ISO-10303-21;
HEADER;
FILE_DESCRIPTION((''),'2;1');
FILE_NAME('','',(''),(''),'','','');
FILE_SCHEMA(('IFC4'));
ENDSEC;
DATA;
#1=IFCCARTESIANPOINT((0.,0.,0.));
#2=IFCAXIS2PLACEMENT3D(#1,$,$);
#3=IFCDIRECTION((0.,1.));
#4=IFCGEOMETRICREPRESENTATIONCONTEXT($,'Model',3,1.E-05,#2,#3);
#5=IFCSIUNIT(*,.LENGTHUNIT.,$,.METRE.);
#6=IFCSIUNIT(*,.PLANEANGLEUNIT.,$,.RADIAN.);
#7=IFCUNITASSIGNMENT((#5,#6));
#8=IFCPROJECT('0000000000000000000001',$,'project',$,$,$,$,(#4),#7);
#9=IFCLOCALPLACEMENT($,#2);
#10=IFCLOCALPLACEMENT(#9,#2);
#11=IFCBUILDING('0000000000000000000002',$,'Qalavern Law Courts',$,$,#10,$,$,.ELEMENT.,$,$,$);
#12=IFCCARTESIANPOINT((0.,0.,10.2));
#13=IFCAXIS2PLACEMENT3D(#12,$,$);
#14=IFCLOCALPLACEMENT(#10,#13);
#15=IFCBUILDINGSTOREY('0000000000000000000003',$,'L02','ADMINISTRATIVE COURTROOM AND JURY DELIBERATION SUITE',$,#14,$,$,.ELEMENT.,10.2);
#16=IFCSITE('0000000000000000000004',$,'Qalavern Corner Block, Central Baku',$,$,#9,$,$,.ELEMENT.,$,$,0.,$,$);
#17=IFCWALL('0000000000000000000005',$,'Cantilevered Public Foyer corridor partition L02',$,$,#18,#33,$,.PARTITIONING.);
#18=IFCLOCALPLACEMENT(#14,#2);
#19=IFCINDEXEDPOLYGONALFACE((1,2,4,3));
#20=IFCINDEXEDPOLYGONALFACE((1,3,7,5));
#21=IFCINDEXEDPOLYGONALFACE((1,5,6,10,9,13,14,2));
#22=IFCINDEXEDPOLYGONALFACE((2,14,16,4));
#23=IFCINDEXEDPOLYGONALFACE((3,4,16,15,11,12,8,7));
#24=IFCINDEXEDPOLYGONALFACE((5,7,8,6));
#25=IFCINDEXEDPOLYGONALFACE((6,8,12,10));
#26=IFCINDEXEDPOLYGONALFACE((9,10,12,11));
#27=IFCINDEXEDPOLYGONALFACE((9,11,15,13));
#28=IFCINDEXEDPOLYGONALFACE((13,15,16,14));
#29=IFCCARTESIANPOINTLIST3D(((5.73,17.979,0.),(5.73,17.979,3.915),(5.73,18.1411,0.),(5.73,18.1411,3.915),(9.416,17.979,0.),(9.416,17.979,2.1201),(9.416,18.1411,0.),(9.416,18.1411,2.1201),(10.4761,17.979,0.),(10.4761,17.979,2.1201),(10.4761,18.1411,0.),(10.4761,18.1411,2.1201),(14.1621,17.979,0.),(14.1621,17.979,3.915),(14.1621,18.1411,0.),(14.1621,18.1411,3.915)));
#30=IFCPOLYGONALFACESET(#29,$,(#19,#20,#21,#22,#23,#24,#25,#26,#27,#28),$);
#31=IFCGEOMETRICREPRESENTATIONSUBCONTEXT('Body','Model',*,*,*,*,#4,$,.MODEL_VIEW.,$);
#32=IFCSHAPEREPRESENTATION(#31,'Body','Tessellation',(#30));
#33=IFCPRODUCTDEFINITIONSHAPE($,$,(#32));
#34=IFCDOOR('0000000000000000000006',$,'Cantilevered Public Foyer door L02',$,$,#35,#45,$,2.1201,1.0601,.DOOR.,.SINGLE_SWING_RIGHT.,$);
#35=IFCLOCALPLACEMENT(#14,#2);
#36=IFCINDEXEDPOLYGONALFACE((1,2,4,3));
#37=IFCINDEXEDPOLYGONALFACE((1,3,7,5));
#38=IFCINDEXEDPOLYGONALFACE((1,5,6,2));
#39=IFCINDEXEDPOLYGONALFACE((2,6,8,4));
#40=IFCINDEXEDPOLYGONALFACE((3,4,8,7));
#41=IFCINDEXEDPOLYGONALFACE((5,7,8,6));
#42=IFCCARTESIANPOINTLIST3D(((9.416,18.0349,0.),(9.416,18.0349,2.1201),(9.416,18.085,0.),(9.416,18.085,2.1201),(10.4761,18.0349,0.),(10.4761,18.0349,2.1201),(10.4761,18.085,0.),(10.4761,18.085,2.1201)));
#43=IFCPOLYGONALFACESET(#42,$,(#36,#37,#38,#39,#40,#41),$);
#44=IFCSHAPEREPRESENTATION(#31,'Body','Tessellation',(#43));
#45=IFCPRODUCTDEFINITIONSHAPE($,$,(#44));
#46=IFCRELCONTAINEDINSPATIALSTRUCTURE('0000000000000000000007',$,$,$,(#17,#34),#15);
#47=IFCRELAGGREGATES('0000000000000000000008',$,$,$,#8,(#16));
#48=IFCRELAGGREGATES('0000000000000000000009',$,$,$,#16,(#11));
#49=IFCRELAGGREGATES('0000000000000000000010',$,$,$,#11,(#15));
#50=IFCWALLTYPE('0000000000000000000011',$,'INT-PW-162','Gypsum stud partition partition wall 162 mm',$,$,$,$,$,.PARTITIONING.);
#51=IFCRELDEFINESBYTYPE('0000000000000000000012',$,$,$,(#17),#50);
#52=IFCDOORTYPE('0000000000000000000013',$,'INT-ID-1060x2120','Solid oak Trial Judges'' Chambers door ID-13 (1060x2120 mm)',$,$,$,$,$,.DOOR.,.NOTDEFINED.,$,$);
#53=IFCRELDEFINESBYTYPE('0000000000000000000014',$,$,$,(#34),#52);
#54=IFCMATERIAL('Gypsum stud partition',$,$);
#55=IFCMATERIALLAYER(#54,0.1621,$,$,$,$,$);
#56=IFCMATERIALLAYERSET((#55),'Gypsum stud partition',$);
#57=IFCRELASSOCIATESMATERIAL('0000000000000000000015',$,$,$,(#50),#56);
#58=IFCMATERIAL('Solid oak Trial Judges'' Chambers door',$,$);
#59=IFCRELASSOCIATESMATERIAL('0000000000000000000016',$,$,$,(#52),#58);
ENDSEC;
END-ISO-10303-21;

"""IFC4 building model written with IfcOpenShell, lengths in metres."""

from ifc_helpers import new_model, si_unit, direction, frame, frame_2d, origin, place, context, subcontext, project, spatial, rectangle, extrude, material, layer, layer_set, type_object, element, fill, save


model = new_model("IFC4")

# Units and contexts
model_context = context("Model", 3, precision=1e-05, world=origin(), true_north=direction((0.0, 1.0)))
body_context = subcontext(model_context, "Body", "Model", "MODEL_VIEW")
ifc_project = project(units=[si_unit("LENGTHUNIT", "METRE"), si_unit("PLANEANGLEUNIT", "RADIAN")], contexts=[model_context])

# Site, building, storey
site_placement = place(None, origin())
site = spatial("IfcSite", under=ifc_project, at=site_placement, Name="Qalavern Corner Block, Central Baku", CompositionType="ELEMENT", RefElevation=0.0)
building_placement = place(site_placement, origin())
building = spatial("IfcBuilding", under=site, at=building_placement, Name="Qalavern Law Courts", CompositionType="ELEMENT")
storey_placement = place(building_placement, frame((0.0, 0.0, 10.2)))
storey = spatial("IfcBuildingStorey", under=building, at=storey_placement, Name="L02", Description="ADMINISTRATIVE COURTROOM AND JURY DELIBERATION SUITE", CompositionType="ELEMENT", Elevation=10.2)

# Wall, opening, door
ifc_material_1 = material(Name="Gypsum stud partition")
ifc_layer_1 = layer(ifc_material_1, 0.1621)
ifc_layer_set_1 = layer_set([ifc_layer_1], Name="Gypsum stud partition")
wall_type_1 = type_object("IfcWallType", Name="INT-PW-162", Description="Gypsum stud partition partition wall 162 mm", PredefinedType="PARTITIONING", material=ifc_layer_set_1)
wall_1_placement = place(storey_placement, frame((5.73, 18.0601, 0.0), z_axis=(0.0, 0.0, 1.0), x_axis=(1.0, 0.0, 0.0)))
wall_1 = element("IfcWall", 1, at=wall_1_placement, inside=storey, type_object=wall_type_1, Name="Cantilevered Public Foyer corridor partition L02", PredefinedType="PARTITIONING", context=body_context, shape_type="SweptSolid", body=[
    extrude(rectangle(XDim=8.4321, YDim=0.1621, at=frame_2d((4.2161, 0.0))), origin(), (0.0, 0.0, 1.0), 3.915),
])
opening_1_placement = place(wall_1_placement, frame((3.686, 0.0, 0.0)))
opening_1 = element("IfcOpeningElement", 2, at=opening_1_placement, cuts=wall_1, PredefinedType="OPENING", context=body_context, shape_type="SweptSolid", body=[
    extrude(rectangle(XDim=1.0601, YDim=2.1201, at=frame_2d((0.53, 1.0601))), frame((0.0, 0.0959, 0.0), z_axis=(0.0, -1.0, 0.0), x_axis=(1.0, 0.0, 0.0)), (0.0, 0.0, 1.0), 0.1919),
])
ifc_material_2 = material(Name="Solid oak Trial Judges' Chambers door")
door_type_1 = type_object("IfcDoorType", Name="INT-ID-1060x2120", Description="Solid oak Trial Judges' Chambers door ID-13 (1060x2120 mm)", OperationType="NOTDEFINED", PredefinedType="DOOR", material=ifc_material_2)
door_1_placement = place(opening_1_placement, origin())
door_1 = element("IfcDoor", 3, at=door_1_placement, inside=storey, type_object=door_type_1, Name="Cantilevered Public Foyer door L02", OperationType="SINGLE_SWING_RIGHT", OverallHeight=2.1201, OverallWidth=1.0601, PredefinedType="DOOR", context=body_context, shape_type="SweptSolid", body=[
    extrude(rectangle(XDim=1.0601, YDim=2.1201, at=frame_2d((0.53, 1.0601))), frame((0.0, 0.0249, 0.0), z_axis=(0.0, -1.0, 0.0), x_axis=(1.0, 0.0, 0.0)), (0.0, 0.0, 1.0), 0.05),
])
fill(opening_1, door_1)

save(model, "model.ifc")
